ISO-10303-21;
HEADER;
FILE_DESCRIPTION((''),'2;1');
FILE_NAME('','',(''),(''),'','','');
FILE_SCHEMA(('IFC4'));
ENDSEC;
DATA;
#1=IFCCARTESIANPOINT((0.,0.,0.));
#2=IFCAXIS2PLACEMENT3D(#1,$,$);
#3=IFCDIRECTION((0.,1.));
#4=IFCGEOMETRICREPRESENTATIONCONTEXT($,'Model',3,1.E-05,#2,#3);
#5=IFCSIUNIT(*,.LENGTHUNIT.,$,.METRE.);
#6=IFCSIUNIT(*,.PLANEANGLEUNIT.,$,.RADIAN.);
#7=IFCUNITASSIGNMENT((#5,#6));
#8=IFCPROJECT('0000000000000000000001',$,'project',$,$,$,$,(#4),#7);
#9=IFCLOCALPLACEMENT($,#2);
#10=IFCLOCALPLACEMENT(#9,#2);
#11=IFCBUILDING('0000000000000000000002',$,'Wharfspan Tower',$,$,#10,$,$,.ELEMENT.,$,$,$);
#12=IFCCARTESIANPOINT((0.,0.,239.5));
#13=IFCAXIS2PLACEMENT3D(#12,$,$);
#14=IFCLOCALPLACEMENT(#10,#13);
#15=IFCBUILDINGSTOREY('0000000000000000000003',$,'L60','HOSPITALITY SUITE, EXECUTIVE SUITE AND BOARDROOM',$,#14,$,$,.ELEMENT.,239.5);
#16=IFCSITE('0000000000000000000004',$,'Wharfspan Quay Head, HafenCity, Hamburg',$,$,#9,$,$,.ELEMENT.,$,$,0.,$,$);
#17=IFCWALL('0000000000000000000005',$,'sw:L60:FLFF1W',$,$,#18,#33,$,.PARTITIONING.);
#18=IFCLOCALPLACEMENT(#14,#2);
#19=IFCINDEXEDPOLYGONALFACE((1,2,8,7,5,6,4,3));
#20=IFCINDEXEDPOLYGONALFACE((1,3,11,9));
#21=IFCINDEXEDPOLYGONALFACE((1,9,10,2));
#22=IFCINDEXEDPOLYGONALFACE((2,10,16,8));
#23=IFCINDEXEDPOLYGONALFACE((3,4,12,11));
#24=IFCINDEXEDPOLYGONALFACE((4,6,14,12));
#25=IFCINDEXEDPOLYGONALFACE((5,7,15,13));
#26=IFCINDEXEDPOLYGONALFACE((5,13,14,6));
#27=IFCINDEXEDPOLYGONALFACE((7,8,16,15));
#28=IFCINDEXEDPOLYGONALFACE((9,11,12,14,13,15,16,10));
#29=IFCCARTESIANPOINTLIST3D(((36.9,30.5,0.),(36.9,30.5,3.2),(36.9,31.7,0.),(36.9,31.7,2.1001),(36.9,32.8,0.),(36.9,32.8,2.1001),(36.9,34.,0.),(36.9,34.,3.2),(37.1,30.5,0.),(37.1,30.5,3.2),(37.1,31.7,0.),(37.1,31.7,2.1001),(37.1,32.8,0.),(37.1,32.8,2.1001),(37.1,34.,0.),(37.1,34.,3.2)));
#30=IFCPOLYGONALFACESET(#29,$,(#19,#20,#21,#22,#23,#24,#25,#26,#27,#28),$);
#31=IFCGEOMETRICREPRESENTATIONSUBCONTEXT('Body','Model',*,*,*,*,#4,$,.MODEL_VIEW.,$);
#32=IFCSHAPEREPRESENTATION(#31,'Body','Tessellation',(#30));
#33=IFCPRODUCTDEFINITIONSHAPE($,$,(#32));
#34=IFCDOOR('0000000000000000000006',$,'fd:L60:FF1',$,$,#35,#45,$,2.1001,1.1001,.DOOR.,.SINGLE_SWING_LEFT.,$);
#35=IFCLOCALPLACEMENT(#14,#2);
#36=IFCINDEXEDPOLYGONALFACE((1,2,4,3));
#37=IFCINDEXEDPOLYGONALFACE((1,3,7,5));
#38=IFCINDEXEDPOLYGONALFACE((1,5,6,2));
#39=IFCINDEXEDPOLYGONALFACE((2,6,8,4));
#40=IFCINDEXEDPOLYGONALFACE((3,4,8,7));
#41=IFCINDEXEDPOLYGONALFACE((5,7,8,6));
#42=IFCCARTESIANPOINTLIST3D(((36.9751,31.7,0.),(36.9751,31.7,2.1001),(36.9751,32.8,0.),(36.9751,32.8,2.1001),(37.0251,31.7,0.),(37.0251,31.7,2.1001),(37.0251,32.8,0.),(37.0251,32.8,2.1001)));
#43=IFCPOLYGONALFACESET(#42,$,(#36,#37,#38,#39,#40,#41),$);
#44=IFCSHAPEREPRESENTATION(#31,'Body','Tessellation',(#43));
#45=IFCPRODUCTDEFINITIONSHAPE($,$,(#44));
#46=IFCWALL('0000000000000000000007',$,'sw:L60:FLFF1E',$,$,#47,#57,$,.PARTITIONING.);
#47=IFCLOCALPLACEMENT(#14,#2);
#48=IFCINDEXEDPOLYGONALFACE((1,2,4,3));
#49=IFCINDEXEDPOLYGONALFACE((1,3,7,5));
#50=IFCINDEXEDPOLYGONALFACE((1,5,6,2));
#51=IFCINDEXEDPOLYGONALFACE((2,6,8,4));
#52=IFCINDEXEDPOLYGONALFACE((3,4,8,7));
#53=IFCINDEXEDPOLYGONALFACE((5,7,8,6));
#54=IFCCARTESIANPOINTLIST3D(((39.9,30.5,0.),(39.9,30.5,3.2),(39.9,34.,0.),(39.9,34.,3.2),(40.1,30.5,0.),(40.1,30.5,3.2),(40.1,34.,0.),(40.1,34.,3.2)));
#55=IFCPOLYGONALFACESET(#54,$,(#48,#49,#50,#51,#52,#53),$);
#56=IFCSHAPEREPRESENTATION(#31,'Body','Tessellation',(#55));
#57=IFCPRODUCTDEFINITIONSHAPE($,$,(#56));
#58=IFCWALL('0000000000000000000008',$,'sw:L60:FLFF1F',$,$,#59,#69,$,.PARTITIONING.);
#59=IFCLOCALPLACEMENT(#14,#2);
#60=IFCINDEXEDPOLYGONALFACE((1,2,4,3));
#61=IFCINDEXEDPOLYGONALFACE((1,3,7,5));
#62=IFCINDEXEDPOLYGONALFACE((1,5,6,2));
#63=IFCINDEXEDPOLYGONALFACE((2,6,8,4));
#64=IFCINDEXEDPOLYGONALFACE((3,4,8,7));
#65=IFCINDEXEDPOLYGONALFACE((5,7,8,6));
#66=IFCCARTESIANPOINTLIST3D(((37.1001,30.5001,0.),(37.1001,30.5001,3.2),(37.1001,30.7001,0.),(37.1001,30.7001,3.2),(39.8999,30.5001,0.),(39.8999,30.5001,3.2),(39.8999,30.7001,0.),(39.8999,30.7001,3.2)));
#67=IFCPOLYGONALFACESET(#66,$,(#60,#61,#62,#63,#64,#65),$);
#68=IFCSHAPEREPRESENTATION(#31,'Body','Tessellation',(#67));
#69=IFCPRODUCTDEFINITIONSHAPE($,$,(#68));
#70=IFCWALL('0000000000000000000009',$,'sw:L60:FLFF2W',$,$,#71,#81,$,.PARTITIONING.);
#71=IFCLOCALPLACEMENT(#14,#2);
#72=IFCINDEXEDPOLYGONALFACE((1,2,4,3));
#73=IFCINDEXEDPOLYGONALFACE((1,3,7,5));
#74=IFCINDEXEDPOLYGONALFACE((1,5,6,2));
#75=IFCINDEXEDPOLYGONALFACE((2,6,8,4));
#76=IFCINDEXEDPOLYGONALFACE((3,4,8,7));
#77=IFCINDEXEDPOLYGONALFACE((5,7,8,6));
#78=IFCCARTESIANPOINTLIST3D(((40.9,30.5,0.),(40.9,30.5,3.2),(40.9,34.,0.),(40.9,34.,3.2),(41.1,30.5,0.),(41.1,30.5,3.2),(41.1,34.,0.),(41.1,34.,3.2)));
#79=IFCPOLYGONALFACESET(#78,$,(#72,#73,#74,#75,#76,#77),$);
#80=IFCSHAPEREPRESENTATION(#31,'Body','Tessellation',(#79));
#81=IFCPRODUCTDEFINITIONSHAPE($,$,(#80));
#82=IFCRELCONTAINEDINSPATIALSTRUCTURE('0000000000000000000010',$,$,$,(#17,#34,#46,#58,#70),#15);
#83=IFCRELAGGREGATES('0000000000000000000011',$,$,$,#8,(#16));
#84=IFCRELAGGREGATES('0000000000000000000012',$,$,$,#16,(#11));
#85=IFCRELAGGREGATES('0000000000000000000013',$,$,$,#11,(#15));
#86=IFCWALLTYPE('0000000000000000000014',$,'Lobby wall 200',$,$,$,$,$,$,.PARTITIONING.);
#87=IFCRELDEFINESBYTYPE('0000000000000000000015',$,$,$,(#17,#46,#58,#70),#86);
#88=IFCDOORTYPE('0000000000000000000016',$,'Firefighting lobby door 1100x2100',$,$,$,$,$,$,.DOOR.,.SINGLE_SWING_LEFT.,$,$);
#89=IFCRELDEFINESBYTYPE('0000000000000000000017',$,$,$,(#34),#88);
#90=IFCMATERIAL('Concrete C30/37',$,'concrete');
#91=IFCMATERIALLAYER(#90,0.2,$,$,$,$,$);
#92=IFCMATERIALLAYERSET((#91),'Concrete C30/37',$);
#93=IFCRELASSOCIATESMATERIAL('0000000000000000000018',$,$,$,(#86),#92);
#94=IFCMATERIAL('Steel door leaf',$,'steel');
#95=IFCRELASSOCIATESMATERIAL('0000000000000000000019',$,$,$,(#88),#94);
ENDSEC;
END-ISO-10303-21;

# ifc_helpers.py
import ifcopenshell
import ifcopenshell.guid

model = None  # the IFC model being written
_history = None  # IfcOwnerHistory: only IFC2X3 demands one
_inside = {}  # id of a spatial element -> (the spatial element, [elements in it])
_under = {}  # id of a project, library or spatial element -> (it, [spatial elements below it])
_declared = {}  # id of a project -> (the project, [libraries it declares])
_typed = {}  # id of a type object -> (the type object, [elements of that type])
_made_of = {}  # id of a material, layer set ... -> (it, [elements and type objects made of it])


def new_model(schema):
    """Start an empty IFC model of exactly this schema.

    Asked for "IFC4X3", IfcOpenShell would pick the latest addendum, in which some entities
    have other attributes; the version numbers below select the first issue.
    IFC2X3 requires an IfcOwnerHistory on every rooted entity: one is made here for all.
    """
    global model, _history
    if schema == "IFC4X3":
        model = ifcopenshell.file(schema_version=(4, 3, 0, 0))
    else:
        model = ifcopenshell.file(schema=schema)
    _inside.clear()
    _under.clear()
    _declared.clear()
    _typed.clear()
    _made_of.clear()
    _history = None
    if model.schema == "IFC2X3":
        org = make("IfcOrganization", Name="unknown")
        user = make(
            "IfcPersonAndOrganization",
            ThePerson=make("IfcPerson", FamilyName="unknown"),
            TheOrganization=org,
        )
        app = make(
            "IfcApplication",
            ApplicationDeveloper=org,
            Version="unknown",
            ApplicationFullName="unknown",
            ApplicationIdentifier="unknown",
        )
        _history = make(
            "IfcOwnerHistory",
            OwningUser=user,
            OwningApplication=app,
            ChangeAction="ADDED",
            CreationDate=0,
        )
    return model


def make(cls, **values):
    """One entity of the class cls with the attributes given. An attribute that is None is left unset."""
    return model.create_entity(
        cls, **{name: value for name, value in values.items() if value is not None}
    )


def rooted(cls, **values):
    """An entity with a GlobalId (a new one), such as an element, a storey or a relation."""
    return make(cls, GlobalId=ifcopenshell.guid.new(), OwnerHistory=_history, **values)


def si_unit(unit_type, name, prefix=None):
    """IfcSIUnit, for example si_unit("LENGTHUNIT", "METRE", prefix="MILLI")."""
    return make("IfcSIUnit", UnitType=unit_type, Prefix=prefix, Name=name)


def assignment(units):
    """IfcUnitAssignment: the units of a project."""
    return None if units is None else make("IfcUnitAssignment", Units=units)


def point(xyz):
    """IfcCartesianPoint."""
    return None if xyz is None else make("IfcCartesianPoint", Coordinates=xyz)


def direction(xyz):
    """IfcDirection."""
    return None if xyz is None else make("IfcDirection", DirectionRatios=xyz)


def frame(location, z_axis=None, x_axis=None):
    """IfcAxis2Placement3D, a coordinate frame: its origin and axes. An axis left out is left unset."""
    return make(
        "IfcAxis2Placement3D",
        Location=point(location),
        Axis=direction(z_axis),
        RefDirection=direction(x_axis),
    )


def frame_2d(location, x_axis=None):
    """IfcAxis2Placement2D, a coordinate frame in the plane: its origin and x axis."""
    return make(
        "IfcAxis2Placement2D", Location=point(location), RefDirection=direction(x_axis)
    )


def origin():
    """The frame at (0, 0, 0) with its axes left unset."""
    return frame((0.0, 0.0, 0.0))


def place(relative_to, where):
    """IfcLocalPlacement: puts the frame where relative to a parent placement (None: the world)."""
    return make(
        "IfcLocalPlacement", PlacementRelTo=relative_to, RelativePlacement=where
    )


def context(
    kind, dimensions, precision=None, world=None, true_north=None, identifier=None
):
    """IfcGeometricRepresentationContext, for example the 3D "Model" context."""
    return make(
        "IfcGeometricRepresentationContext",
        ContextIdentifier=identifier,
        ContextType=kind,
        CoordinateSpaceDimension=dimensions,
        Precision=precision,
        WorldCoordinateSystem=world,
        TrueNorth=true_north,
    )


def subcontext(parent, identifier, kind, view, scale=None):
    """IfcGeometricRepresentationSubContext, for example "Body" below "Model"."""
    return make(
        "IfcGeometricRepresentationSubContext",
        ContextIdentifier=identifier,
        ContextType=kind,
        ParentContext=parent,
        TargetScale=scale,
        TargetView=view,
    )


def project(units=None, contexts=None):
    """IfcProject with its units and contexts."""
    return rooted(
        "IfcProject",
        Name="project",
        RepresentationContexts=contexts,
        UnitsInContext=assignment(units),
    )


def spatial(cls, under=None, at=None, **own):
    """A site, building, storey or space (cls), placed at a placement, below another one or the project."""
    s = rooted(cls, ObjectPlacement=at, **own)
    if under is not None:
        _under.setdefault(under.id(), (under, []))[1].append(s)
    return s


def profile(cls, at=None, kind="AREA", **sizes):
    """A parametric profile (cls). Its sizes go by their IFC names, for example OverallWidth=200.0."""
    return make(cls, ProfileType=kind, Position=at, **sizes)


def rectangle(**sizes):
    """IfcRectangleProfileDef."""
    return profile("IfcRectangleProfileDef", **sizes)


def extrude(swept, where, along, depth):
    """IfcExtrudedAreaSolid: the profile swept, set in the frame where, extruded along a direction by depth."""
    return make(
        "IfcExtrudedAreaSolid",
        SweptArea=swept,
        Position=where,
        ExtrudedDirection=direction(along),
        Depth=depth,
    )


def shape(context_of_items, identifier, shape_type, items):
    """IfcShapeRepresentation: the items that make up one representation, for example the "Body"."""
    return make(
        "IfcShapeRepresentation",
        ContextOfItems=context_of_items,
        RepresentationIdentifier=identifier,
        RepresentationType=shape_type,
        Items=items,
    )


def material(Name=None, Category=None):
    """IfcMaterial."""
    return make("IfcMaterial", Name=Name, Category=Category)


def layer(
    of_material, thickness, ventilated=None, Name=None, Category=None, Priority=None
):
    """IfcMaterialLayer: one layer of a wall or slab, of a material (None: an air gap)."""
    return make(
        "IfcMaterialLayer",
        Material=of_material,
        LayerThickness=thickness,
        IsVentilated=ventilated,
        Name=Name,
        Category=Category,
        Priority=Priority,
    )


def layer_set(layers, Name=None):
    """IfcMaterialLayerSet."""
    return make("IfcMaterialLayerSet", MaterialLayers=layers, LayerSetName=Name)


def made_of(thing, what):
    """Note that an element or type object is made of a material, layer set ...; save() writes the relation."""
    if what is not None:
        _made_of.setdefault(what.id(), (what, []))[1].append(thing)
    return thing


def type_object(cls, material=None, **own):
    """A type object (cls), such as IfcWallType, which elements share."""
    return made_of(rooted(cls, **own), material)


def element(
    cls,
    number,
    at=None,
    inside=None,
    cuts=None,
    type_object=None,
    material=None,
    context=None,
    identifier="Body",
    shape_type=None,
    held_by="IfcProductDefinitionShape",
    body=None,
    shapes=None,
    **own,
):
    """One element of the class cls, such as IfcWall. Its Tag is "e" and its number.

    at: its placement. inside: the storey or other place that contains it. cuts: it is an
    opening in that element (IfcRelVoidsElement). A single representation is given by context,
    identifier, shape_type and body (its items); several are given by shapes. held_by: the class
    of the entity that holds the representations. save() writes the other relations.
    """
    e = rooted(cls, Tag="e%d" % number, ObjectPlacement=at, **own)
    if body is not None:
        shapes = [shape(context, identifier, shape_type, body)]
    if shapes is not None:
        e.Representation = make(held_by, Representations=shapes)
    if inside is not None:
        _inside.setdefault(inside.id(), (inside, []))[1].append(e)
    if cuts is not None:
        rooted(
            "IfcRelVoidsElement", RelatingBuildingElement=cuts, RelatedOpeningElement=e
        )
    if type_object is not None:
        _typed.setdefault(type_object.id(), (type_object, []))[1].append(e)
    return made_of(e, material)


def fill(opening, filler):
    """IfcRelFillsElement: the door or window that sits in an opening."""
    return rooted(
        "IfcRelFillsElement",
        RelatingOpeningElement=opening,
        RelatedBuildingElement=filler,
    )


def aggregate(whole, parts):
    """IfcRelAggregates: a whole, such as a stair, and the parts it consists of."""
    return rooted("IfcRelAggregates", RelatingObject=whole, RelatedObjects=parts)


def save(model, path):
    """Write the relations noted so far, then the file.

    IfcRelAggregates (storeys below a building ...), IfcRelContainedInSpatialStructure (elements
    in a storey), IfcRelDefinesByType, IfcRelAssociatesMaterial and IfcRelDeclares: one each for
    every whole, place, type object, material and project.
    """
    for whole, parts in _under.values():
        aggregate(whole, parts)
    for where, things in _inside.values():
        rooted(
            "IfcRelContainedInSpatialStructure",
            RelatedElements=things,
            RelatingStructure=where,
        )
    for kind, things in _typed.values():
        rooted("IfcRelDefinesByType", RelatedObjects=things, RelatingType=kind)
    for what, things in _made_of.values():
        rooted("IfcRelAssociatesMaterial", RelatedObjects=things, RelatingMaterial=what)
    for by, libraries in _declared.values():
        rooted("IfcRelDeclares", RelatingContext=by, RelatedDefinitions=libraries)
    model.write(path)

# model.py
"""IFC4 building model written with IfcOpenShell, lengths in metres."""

from ifc_helpers import new_model, si_unit, direction, frame, frame_2d, origin, place, context, subcontext, project, spatial, rectangle, extrude, material, layer, layer_set, type_object, element, fill, save


model = new_model("IFC4")

# Units and contexts
model_context = context("Model", 3, precision=1e-05, world=origin(), true_north=direction((0.0, 1.0)))
body_context = subcontext(model_context, "Body", "Model", "MODEL_VIEW")
ifc_project = project(units=[si_unit("LENGTHUNIT", "METRE"), si_unit("PLANEANGLEUNIT", "RADIAN")], contexts=[model_context])

# Site, building, storey
site_placement = place(None, origin())
site = spatial("IfcSite", under=ifc_project, at=site_placement, Name="Wharfspan Quay Head, HafenCity, Hamburg", CompositionType="ELEMENT", RefElevation=0.0)
building_placement = place(site_placement, origin())
building = spatial("IfcBuilding", under=site, at=building_placement, Name="Wharfspan Tower", CompositionType="ELEMENT")
storey_placement = place(building_placement, frame((0.0, 0.0, 239.5)))
storey = spatial("IfcBuildingStorey", under=building, at=storey_placement, Name="L60", Description="HOSPITALITY SUITE, EXECUTIVE SUITE AND BOARDROOM", CompositionType="ELEMENT", Elevation=239.5)

# Wall, opening, door
ifc_material_1 = material(Name="Concrete C30/37", Category="concrete")
ifc_layer_1 = layer(ifc_material_1, 0.2)
ifc_layer_set_1 = layer_set([ifc_layer_1], Name="Concrete C30/37")
wall_type_1 = type_object("IfcWallType", Name="Lobby wall 200", PredefinedType="PARTITIONING", material=ifc_layer_set_1)
wall_1_placement = place(storey_placement, frame((37.0, 30.5, 0.0), z_axis=(0.0, 0.0, 1.0), x_axis=(0.0, 1.0, 0.0)))
wall_1 = element("IfcWall", 1, at=wall_1_placement, inside=storey, type_object=wall_type_1, Name="sw:L60:FLFF1W", PredefinedType="PARTITIONING", context=body_context, shape_type="SweptSolid", body=[
    extrude(rectangle(XDim=3.5, YDim=0.2, at=frame_2d((1.75, 0.0))), origin(), (0.0, 0.0, 1.0), 3.2),
])
opening_1_placement = place(wall_1_placement, frame((1.2, 0.0, 0.0)))
opening_1 = element("IfcOpeningElement", 2, at=opening_1_placement, cuts=wall_1, PredefinedType="OPENING", context=body_context, shape_type="SweptSolid", body=[
    extrude(rectangle(XDim=1.1001, YDim=2.1001, at=frame_2d((0.55, 1.05))), frame((0.0, 0.1099, 0.0), z_axis=(0.0, -1.0, 0.0), x_axis=(1.0, 0.0, 0.0)), (0.0, 0.0, 1.0), 0.22),
])
ifc_material_2 = material(Name="Steel door leaf", Category="steel")
door_type_1 = type_object("IfcDoorType", Name="Firefighting lobby door 1100x2100", OperationType="SINGLE_SWING_LEFT", PredefinedType="DOOR", material=ifc_material_2)
door_1_placement = place(opening_1_placement, origin())
door_1 = element("IfcDoor", 3, at=door_1_placement, inside=storey, type_object=door_type_1, Name="fd:L60:FF1", OperationType="SINGLE_SWING_LEFT", OverallHeight=2.1001, OverallWidth=1.1001, PredefinedType="DOOR", context=body_context, shape_type="SweptSolid", body=[
    extrude(rectangle(XDim=1.1001, YDim=2.1001, at=frame_2d((0.55, 1.05))), frame((0.0, 0.0249, 0.0), z_axis=(0.0, -1.0, 0.0), x_axis=(1.0, 0.0, 0.0)), (0.0, 0.0, 1.0), 0.05),
])
fill(opening_1, door_1)

# Walls
wall_2_placement = place(storey_placement, frame((40.0, 30.5, 0.0), z_axis=(0.0, 0.0, 1.0), x_axis=(0.0, 1.0, 0.0)))
element("IfcWall", 4, at=wall_2_placement, inside=storey, type_object=wall_type_1, Name="sw:L60:FLFF1E", PredefinedType="PARTITIONING", context=body_context, shape_type="SweptSolid", body=[
    extrude(rectangle(XDim=3.5, YDim=0.2, at=frame_2d((1.75, 0.0))), origin(), (0.0, 0.0, 1.0), 3.2),
])
wall_3_placement = place(storey_placement, frame((37.1001, 30.6001, 0.0), z_axis=(0.0, 0.0, 1.0), x_axis=(1.0, 0.0, 0.0)))
element("IfcWall", 5, at=wall_3_placement, inside=storey, type_object=wall_type_1, Name="sw:L60:FLFF1F", PredefinedType="PARTITIONING", context=body_context, shape_type="SweptSolid", body=[
    extrude(rectangle(XDim=2.7998, YDim=0.2, at=frame_2d((1.3999, 0.0))), origin(), (0.0, 0.0, 1.0), 3.2),
])
wall_4_placement = place(storey_placement, frame((41.0, 30.5, 0.0), z_axis=(0.0, 0.0, 1.0), x_axis=(0.0, 1.0, 0.0)))
element("IfcWall", 6, at=wall_4_placement, inside=storey, type_object=wall_type_1, Name="sw:L60:FLFF2W", PredefinedType="PARTITIONING", context=body_context, shape_type="SweptSolid", body=[
    extrude(rectangle(XDim=3.5, YDim=0.2, at=frame_2d((1.75, 0.0))), origin(), (0.0, 0.0, 1.0), 3.2),
])

save(model, "model.ifc")
